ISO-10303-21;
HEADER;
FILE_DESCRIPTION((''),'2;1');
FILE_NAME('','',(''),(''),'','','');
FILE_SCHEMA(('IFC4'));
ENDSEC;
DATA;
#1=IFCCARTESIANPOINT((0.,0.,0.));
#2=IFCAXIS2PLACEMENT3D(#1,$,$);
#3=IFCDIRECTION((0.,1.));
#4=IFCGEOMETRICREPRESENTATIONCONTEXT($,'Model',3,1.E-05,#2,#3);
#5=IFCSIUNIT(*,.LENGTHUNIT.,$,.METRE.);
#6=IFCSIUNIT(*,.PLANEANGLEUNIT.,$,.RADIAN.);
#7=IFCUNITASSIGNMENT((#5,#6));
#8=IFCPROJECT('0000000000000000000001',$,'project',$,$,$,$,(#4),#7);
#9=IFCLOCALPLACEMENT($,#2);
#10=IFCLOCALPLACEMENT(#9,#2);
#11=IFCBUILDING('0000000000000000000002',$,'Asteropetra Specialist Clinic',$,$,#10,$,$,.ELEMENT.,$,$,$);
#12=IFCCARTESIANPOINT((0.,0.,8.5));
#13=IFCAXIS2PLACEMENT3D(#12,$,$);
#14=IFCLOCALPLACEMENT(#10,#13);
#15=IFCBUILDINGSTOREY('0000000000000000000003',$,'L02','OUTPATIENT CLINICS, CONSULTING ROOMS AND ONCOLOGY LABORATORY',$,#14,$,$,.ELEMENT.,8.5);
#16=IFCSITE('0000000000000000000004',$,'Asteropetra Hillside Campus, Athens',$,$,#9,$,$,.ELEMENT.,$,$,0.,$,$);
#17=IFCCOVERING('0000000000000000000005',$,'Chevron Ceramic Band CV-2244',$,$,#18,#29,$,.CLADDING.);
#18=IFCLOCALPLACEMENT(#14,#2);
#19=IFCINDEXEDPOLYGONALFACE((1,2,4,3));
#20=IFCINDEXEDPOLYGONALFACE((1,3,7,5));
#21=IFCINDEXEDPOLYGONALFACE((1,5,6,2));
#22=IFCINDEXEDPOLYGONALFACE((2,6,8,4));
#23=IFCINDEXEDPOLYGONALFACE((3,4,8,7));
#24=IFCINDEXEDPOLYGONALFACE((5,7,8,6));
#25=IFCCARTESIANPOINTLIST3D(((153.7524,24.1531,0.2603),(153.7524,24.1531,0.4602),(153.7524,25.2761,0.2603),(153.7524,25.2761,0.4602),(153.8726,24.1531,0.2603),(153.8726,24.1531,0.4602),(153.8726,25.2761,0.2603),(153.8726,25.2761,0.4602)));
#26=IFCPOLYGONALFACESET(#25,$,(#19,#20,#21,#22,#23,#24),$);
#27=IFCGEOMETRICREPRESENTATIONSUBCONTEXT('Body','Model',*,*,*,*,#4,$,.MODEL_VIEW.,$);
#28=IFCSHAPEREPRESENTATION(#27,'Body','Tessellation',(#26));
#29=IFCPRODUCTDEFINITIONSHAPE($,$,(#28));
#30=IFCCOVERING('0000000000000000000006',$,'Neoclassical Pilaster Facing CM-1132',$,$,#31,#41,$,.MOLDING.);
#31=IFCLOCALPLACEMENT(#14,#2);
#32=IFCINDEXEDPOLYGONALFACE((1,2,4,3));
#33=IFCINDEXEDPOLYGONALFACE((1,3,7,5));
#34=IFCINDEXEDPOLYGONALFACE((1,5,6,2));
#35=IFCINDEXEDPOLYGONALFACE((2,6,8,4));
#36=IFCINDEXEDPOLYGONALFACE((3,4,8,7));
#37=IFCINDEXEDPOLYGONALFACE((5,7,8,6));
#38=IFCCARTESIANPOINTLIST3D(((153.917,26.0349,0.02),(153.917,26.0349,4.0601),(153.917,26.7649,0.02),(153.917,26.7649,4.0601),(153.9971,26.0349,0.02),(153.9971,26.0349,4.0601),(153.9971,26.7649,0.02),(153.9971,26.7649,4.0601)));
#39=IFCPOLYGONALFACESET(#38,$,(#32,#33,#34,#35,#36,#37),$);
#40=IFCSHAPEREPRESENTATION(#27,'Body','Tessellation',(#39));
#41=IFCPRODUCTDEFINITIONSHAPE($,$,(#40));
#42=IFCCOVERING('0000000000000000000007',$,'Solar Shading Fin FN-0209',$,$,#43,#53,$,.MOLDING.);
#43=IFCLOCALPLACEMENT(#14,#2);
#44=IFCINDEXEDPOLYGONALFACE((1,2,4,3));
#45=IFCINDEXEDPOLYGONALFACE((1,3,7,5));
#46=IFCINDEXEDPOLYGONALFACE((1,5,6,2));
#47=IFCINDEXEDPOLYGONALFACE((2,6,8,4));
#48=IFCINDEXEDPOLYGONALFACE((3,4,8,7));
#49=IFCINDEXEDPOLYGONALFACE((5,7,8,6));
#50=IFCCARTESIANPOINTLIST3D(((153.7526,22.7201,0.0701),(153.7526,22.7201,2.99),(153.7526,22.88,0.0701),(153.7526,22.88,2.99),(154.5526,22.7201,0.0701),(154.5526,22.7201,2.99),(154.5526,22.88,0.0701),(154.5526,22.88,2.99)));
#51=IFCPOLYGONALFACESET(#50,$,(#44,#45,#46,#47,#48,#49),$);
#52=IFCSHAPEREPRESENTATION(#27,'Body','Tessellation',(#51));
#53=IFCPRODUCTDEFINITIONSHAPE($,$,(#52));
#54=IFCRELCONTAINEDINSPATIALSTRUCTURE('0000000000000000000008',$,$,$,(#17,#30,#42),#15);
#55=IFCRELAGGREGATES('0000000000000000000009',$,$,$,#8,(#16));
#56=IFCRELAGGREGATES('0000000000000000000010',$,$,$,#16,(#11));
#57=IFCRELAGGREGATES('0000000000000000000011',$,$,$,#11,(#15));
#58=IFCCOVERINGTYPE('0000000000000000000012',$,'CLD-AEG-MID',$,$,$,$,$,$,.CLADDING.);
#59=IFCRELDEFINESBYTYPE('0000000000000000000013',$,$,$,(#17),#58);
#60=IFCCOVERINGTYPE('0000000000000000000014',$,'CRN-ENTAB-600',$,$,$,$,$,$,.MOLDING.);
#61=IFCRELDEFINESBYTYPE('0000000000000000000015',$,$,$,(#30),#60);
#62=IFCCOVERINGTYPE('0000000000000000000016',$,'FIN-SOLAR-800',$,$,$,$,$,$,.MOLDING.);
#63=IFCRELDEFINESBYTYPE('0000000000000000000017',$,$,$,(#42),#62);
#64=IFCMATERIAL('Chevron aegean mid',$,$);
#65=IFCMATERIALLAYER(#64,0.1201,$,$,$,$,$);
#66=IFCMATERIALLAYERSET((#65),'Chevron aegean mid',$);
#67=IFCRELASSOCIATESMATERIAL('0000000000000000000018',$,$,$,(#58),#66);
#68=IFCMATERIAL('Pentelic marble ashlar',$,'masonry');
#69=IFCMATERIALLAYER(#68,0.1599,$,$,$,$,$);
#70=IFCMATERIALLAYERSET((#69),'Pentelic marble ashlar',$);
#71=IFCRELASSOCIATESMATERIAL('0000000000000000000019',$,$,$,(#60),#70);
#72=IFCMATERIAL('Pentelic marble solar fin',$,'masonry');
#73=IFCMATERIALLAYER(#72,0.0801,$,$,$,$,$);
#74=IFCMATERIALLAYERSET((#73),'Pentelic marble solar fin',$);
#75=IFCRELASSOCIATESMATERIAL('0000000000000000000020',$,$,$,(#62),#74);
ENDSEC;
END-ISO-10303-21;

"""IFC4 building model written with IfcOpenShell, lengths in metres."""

from ifc_helpers import new_model, si_unit, direction, frame, origin, origin_2d, place, context, subcontext, project, spatial, rectangle, extrude, material, layer, layer_set, type_object, element, save


model = new_model("IFC4")

# Units and contexts
model_context = context("Model", 3, precision=1e-05, world=origin(), true_north=direction((0.0, 1.0)))
body_context = subcontext(model_context, "Body", "Model", "MODEL_VIEW")
ifc_project = project(units=[si_unit("LENGTHUNIT", "METRE"), si_unit("PLANEANGLEUNIT", "RADIAN")], contexts=[model_context])

# Site, building, storey
site_placement = place(None, origin())
site = spatial("IfcSite", under=ifc_project, at=site_placement, Name="Asteropetra Hillside Campus, Athens", CompositionType="ELEMENT", RefElevation=0.0)
building_placement = place(site_placement, origin())
building = spatial("IfcBuilding", under=site, at=building_placement, Name="Asteropetra Specialist Clinic", CompositionType="ELEMENT")
storey_placement = place(building_placement, frame((0.0, 0.0, 8.5)))
storey = spatial("IfcBuildingStorey", under=building, at=storey_placement, Name="L02", Description="OUTPATIENT CLINICS, CONSULTING ROOMS AND ONCOLOGY LABORATORY", CompositionType="ELEMENT", Elevation=8.5)

# Coverings
ifc_material_1 = material(Name="Chevron aegean mid")
ifc_layer_1 = layer(ifc_material_1, 0.1201)
ifc_layer_set_1 = layer_set([ifc_layer_1], Name="Chevron aegean mid")
covering_type_1 = type_object("IfcCoveringType", Name="CLD-AEG-MID", PredefinedType="CLADDING", material=ifc_layer_set_1)
for number, where, z_axis, x_axis, name in (
    (1, (153.8125, 24.7146, 0.2603), (0.0, 0.0, 1.0), (1.0, 0.0, 0.0), "Chevron Ceramic Band CV-2244"),
):
    element("IfcCovering", number, at=place(storey_placement, frame(where, z_axis=z_axis, x_axis=x_axis)), inside=storey, type_object=covering_type_1, Name=name, PredefinedType="CLADDING", context=body_context, shape_type="SweptSolid", body=[
        extrude(rectangle(XDim=0.1201, YDim=1.123, at=origin_2d()), origin(), (0.0, 0.0, 1.0), 0.2),
    ])
ifc_material_2 = material(Name="Pentelic marble ashlar", Category="masonry")
ifc_layer_2 = layer(ifc_material_2, 0.1599)
ifc_layer_set_2 = layer_set([ifc_layer_2], Name="Pentelic marble ashlar")
covering_type_2 = type_object("IfcCoveringType", Name="CRN-ENTAB-600", PredefinedType="MOLDING", material=ifc_layer_set_2)
covering_1_placement = place(storey_placement, frame((153.957, 26.3999, 0.02), z_axis=(0.0, 0.0, 1.0), x_axis=(1.0, 0.0, 0.0)))
element("IfcCovering", 2, at=covering_1_placement, inside=storey, type_object=covering_type_2, Name="Neoclassical Pilaster Facing CM-1132", PredefinedType="MOLDING", context=body_context, shape_type="SweptSolid", body=[
    extrude(rectangle(XDim=0.0801, YDim=0.73, at=origin_2d()), origin(), (0.0, 0.0, 1.0), 4.04),
])
ifc_material_3 = material(Name="Pentelic marble solar fin", Category="masonry")
ifc_layer_3 = layer(ifc_material_3, 0.0801)
ifc_layer_set_3 = layer_set([ifc_layer_3], Name="Pentelic marble solar fin")
covering_type_3 = type_object("IfcCoveringType", Name="FIN-SOLAR-800", PredefinedType="MOLDING", material=ifc_layer_set_3)
covering_2_placement = place(storey_placement, frame((154.1526, 22.8, 0.0701), z_axis=(0.0, 0.0, 1.0), x_axis=(1.0, 0.0, 0.0)))
element("IfcCovering", 3, at=covering_2_placement, inside=storey, type_object=covering_type_3, Name="Solar Shading Fin FN-0209", PredefinedType="MOLDING", context=body_context, shape_type="SweptSolid", body=[
    extrude(rectangle(XDim=0.8, YDim=0.1599, at=origin_2d()), origin(), (0.0, 0.0, 1.0), 2.9199),
])

save(model, "model.ifc")
